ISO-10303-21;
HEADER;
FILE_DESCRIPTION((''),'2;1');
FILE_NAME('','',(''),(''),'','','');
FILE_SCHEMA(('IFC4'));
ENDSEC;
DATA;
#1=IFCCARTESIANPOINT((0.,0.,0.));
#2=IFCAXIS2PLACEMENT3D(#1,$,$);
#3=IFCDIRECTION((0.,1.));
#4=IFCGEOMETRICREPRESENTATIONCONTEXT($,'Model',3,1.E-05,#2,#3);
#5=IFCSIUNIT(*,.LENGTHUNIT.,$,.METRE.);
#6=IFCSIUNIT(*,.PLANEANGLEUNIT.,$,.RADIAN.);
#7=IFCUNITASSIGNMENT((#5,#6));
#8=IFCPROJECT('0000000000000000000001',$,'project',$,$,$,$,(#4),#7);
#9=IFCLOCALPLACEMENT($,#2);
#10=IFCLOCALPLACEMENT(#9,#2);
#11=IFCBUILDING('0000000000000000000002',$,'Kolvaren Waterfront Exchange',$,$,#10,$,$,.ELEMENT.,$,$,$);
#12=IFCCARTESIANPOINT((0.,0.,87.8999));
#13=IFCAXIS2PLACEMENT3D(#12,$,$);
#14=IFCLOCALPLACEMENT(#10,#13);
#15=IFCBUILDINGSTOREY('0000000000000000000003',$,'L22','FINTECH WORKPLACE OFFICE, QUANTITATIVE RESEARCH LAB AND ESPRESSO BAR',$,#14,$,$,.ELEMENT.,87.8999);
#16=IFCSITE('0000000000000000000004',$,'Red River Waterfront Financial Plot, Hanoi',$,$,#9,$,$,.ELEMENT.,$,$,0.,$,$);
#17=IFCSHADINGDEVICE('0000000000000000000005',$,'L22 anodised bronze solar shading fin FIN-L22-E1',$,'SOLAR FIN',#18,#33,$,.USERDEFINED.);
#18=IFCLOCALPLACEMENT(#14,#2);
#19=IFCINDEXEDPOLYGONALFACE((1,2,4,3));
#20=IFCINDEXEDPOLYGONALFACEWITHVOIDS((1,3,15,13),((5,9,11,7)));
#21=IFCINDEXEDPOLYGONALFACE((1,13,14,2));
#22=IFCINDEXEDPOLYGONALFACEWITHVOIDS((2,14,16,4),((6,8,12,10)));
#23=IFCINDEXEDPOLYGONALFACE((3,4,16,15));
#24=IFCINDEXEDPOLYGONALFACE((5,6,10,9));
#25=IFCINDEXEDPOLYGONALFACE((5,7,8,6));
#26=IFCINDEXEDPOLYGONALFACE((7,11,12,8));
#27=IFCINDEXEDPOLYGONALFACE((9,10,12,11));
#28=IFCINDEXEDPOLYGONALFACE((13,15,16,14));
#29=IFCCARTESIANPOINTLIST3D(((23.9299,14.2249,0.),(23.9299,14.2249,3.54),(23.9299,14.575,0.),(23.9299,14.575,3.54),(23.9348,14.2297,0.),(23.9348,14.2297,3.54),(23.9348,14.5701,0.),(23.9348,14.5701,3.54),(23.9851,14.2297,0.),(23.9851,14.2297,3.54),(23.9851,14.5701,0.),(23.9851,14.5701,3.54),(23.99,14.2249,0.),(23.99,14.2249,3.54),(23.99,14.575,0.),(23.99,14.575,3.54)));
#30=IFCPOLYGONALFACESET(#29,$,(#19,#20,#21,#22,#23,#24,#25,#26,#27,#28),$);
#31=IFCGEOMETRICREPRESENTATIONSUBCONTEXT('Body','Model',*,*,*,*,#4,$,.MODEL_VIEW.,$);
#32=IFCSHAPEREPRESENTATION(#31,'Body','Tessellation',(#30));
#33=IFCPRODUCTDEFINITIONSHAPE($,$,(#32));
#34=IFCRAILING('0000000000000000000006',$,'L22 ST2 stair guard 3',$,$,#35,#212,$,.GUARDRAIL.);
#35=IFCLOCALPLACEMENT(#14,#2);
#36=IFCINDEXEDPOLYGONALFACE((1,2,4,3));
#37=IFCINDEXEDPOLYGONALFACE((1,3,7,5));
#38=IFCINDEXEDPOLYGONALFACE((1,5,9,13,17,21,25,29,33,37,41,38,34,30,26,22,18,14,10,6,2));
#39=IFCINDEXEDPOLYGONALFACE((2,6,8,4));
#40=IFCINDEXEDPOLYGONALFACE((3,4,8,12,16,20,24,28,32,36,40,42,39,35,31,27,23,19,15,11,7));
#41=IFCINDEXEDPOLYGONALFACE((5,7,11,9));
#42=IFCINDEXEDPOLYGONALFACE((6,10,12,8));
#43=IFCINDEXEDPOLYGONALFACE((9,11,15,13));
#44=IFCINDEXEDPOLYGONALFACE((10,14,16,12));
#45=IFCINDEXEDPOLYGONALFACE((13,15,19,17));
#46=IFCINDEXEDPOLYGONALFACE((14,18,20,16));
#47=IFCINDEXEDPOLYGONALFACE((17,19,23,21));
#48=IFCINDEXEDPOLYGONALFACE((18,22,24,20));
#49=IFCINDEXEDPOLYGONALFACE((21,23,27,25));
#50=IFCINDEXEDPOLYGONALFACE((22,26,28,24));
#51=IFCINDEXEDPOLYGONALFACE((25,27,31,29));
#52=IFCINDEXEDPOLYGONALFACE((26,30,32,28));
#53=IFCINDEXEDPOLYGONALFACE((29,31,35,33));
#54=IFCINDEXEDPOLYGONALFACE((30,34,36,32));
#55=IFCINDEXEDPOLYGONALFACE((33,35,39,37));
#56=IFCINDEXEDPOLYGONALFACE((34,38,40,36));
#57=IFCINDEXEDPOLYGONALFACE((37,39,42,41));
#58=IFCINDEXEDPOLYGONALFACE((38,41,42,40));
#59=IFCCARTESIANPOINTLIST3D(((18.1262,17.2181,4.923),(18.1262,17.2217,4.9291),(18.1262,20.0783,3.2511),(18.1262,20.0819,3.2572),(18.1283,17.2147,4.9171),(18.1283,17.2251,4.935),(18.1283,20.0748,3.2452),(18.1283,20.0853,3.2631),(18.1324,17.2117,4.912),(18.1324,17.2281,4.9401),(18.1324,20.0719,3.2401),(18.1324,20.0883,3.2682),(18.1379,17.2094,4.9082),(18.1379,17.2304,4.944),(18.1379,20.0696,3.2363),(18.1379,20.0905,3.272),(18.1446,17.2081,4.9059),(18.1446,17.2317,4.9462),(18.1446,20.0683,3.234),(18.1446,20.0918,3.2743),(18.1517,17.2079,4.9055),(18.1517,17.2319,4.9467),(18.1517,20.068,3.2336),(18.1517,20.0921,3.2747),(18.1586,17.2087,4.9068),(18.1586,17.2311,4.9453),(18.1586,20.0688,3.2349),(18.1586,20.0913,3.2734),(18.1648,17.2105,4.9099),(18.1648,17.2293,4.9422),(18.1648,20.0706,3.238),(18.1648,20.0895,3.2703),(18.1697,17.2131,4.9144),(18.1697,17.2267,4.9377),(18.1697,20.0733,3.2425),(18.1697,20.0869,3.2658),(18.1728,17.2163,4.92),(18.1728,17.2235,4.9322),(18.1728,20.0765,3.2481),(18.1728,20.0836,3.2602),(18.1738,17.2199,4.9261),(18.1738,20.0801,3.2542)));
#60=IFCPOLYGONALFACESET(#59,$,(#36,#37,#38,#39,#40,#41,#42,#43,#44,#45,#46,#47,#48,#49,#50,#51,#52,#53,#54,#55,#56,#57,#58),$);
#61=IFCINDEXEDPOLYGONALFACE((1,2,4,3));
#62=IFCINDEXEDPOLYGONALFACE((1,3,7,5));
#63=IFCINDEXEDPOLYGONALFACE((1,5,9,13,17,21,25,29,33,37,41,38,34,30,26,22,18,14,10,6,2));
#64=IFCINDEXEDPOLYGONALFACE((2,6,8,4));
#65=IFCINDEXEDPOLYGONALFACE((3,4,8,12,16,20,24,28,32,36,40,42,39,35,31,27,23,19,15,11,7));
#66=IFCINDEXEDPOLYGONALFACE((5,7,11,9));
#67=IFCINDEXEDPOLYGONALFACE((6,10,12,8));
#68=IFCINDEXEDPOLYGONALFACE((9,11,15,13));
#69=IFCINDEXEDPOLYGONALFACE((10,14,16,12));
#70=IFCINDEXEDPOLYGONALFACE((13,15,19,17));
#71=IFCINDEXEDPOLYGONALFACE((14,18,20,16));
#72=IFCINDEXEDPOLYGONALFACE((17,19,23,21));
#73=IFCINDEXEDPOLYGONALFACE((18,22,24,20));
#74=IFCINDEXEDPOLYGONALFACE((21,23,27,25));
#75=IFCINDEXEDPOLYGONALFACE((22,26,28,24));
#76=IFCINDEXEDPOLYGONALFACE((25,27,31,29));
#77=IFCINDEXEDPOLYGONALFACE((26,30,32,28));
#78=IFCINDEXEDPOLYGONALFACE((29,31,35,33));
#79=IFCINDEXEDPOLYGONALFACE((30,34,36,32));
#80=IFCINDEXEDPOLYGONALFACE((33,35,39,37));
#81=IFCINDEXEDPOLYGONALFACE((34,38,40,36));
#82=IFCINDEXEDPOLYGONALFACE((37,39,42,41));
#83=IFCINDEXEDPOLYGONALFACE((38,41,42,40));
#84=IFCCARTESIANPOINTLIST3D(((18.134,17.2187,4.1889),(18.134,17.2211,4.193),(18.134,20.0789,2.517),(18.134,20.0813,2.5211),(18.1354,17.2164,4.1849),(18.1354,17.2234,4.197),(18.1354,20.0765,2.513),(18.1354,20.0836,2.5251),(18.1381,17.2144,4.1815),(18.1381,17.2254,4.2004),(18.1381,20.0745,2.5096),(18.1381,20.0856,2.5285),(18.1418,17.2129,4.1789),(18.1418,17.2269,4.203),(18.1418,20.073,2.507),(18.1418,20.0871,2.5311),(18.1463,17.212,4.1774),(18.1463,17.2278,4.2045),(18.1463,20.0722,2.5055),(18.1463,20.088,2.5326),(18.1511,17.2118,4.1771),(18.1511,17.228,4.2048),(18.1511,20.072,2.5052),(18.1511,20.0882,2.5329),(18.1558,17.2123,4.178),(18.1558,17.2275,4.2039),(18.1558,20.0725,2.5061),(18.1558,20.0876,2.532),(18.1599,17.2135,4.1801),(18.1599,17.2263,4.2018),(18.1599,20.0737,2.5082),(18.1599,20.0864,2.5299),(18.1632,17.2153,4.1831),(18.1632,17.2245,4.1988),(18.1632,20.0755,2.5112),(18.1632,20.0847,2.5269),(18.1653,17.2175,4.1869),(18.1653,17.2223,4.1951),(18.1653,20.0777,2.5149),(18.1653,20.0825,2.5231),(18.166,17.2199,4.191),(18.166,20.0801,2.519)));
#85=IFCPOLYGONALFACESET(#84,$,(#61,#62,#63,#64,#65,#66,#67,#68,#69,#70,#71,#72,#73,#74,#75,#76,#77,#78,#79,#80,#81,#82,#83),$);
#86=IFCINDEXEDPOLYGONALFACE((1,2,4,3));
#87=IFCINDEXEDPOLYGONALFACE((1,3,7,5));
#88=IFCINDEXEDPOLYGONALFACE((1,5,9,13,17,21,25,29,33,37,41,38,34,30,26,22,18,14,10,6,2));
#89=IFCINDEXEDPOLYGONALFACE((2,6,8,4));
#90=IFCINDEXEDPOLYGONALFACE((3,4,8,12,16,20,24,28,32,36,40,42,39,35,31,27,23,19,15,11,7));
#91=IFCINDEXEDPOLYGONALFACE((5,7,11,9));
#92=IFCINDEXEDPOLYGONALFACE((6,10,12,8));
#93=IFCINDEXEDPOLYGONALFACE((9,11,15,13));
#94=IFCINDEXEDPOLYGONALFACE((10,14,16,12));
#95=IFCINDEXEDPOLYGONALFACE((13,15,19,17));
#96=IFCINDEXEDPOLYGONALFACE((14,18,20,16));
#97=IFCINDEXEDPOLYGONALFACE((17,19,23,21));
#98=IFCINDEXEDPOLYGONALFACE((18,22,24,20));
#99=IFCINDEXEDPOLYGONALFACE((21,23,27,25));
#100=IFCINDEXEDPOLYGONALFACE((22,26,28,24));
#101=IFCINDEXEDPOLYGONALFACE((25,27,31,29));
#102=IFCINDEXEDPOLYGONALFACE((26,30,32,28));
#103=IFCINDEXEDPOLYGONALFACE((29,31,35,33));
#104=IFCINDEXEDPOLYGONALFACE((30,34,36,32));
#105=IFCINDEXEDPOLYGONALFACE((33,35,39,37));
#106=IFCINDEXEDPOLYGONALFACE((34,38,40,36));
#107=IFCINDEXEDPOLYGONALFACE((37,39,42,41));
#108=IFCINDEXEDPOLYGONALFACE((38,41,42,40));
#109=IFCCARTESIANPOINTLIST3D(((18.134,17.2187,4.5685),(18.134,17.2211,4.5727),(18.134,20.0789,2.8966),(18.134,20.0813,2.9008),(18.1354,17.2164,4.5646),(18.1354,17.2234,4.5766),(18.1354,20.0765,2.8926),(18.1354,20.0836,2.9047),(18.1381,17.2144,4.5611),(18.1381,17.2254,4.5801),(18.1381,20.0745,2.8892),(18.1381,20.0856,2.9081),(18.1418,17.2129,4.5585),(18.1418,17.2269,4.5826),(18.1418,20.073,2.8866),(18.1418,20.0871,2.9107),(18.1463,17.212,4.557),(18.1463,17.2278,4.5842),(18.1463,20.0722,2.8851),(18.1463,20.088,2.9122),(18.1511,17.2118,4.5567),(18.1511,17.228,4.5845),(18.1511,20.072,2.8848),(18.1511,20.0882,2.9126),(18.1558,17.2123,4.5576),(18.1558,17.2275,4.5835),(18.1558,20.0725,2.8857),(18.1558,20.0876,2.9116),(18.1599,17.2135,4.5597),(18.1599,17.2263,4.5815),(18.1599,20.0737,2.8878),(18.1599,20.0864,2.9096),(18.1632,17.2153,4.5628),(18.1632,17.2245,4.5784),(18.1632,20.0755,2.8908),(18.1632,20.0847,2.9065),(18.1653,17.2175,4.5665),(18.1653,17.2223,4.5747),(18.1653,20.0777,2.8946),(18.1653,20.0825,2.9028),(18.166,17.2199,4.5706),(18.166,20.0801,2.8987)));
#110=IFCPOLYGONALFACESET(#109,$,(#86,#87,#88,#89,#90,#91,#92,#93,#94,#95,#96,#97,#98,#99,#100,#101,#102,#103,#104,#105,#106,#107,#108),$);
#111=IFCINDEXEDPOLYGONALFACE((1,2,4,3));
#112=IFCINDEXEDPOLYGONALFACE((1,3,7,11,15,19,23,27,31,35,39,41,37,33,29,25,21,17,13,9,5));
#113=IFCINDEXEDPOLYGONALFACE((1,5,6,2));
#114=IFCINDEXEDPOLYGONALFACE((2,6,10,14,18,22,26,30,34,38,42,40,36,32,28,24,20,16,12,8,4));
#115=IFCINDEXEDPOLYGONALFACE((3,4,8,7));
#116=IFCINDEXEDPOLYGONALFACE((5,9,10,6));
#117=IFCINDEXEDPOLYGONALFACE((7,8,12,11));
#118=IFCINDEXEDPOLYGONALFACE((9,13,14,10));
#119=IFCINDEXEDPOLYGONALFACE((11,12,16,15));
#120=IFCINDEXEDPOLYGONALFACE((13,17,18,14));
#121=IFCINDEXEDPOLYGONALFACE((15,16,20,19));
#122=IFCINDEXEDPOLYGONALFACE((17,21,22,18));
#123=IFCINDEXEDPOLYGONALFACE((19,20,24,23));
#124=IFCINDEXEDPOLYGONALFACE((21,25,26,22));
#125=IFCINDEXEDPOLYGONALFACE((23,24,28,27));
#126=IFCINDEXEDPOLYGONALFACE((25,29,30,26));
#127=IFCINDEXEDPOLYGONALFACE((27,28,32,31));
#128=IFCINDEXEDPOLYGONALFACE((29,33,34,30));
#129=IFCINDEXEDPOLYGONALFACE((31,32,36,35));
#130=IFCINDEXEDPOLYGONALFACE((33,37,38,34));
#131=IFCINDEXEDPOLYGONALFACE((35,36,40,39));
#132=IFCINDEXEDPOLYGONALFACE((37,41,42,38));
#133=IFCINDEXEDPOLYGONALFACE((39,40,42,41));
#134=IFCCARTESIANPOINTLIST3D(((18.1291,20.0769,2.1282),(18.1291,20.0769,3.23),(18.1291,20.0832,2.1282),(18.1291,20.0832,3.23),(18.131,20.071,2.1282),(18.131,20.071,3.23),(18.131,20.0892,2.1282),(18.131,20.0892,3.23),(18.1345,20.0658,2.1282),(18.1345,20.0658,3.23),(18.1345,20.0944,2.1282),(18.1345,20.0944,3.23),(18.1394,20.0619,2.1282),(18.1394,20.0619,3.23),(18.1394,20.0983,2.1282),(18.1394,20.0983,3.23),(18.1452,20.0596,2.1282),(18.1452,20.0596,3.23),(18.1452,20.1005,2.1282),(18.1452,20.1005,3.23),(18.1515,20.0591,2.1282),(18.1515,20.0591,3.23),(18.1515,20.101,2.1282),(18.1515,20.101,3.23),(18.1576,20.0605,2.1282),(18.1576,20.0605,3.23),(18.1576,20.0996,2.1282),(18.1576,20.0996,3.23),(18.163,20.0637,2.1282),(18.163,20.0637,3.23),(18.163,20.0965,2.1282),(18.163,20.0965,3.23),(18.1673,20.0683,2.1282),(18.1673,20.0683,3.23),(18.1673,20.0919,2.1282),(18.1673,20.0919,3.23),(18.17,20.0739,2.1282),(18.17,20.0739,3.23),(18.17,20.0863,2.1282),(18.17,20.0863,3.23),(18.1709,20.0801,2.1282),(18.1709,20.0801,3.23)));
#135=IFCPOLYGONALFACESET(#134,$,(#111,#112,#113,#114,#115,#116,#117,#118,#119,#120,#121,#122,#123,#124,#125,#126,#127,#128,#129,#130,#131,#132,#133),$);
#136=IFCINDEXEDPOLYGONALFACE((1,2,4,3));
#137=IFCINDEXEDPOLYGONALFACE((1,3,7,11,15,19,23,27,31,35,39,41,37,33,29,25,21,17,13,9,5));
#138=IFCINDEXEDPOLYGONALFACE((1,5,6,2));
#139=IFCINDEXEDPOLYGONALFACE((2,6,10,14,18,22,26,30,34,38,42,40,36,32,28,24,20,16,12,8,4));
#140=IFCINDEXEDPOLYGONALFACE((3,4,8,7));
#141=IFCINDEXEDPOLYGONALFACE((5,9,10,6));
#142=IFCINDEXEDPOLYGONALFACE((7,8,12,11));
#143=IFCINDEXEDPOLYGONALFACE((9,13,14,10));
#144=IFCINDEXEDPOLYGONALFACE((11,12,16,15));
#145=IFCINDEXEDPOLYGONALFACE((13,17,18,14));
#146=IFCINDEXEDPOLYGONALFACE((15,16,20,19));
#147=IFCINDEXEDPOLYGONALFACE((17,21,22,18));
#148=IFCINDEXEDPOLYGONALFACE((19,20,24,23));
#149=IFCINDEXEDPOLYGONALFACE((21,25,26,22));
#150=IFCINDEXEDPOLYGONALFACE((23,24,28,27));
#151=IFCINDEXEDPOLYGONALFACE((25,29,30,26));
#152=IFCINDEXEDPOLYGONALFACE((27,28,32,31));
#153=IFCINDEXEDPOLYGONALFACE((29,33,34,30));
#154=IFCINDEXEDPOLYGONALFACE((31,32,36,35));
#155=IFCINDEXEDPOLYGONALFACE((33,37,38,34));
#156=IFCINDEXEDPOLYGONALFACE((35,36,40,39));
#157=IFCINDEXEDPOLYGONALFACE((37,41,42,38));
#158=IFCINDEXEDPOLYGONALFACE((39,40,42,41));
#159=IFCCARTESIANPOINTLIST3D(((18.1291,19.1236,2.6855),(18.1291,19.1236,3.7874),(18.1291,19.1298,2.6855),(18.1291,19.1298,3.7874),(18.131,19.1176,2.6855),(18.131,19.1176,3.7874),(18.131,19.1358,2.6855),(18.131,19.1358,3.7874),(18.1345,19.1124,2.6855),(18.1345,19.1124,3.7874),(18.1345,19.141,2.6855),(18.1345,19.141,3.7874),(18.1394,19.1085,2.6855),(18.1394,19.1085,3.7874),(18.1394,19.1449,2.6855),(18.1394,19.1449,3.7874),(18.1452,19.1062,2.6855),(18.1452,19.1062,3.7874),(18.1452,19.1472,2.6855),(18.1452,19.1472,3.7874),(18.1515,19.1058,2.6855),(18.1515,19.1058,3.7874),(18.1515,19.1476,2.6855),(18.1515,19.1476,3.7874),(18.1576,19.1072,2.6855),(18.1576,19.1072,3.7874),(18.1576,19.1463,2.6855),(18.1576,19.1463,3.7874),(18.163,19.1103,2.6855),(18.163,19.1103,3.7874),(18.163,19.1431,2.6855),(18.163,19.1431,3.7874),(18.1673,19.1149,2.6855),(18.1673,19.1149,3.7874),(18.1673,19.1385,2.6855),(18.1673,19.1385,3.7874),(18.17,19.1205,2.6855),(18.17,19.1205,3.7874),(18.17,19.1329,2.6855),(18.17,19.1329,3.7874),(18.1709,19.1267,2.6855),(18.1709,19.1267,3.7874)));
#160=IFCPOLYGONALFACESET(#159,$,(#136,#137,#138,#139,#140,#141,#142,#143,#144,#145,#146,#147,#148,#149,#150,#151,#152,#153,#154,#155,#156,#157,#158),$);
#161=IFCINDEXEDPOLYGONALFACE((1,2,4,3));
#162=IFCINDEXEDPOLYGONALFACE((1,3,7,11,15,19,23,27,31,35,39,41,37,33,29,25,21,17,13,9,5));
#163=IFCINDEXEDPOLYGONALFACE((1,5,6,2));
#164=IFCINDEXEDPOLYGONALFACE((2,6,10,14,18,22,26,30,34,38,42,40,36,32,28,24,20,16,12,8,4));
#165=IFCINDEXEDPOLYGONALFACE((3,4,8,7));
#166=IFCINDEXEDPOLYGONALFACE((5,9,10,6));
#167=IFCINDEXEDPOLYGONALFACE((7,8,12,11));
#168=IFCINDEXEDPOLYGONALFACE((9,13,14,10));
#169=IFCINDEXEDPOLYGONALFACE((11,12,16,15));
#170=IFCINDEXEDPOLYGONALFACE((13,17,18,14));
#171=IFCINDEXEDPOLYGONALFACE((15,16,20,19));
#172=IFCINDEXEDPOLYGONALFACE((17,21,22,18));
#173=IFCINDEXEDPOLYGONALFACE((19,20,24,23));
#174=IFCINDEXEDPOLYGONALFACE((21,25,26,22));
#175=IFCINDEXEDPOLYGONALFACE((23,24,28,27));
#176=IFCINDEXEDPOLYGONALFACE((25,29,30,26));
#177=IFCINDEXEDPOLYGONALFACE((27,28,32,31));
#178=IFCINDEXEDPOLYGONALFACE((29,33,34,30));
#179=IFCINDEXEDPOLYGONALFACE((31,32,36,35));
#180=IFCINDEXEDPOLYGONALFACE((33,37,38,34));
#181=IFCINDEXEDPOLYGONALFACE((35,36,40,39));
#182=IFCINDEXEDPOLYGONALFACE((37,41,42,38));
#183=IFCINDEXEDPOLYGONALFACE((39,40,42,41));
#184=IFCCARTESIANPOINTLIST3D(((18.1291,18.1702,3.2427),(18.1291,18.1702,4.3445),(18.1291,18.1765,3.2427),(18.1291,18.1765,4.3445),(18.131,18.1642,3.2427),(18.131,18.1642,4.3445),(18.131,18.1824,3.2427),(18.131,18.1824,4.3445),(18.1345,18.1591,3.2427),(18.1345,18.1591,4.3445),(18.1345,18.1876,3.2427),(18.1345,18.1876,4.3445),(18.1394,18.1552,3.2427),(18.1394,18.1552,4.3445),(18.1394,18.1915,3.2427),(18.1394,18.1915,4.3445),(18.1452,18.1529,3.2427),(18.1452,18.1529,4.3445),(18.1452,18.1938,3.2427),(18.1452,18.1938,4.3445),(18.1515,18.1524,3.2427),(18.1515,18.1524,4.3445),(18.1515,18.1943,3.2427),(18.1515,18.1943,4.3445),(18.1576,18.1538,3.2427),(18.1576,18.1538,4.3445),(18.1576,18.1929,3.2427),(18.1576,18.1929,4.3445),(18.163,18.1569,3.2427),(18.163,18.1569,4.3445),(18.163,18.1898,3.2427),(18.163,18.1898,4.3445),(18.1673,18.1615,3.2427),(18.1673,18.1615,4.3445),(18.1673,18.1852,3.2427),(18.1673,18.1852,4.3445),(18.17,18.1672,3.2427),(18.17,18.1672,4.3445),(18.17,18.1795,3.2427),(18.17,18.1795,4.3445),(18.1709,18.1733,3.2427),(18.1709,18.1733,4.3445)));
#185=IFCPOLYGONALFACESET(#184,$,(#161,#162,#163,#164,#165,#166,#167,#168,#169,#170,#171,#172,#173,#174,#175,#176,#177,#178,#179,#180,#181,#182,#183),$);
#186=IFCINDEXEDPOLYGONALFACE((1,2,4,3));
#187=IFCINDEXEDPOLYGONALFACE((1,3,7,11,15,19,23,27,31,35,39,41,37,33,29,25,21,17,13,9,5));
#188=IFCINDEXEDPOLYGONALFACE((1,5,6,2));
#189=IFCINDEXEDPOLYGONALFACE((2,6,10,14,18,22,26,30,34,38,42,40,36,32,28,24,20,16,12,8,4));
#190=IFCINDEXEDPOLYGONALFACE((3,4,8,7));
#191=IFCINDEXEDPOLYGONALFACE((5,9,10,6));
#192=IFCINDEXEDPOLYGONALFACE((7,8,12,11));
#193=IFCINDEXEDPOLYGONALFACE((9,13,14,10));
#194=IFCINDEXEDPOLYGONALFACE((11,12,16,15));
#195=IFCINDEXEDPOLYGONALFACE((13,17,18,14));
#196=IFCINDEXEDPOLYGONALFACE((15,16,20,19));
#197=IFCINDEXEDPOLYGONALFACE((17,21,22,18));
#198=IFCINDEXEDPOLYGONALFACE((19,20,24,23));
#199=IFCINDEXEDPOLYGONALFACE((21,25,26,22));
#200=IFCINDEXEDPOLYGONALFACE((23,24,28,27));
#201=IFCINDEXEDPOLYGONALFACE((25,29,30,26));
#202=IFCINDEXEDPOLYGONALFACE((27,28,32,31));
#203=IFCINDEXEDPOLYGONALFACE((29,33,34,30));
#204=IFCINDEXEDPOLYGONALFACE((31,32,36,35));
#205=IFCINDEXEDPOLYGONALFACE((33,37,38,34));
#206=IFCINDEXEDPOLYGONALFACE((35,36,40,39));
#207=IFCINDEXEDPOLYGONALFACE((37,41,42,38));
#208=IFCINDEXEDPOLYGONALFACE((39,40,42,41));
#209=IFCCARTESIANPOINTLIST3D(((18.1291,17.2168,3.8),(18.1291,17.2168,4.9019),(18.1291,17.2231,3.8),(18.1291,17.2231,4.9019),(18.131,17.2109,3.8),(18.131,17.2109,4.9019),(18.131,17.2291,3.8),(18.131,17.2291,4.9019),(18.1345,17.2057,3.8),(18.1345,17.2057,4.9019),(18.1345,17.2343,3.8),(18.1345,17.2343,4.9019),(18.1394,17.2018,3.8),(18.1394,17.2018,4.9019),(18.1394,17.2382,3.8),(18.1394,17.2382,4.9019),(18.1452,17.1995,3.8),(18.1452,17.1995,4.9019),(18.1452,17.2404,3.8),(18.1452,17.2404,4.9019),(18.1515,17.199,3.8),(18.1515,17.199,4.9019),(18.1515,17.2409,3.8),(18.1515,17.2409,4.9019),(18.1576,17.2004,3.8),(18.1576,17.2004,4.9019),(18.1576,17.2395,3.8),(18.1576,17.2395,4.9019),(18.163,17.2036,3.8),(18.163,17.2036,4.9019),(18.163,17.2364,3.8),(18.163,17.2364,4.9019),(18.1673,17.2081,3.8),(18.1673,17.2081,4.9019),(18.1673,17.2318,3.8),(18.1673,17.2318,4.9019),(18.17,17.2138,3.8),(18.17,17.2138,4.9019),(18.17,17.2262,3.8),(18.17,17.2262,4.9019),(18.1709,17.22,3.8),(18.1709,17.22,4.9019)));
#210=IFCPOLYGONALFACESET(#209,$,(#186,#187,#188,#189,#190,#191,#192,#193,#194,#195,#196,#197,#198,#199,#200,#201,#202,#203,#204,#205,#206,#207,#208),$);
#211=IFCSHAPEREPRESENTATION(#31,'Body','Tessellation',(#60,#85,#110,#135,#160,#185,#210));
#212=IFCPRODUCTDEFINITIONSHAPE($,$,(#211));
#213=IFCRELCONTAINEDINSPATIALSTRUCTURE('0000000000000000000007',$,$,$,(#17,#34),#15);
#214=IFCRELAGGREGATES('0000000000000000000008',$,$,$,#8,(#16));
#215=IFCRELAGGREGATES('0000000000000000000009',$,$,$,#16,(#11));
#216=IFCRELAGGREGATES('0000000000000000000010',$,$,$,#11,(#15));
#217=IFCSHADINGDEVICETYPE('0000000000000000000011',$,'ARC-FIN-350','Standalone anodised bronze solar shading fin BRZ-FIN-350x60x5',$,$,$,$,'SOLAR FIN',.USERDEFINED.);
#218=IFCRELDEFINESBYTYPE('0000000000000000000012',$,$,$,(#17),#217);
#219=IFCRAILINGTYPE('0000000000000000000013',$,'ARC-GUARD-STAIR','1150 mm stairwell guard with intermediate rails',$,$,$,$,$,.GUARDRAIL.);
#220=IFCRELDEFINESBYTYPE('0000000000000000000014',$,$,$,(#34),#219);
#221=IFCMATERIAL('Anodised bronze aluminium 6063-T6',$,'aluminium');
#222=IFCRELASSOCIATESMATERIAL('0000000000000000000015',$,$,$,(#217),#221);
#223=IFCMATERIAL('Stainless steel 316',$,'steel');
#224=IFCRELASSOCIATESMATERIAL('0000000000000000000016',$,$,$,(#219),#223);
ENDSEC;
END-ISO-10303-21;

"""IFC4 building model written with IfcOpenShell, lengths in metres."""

from ifc_helpers import new_model, si_unit, direction, frame, origin, origin_2d, place, context, subcontext, project, spatial, hollow_rectangle, circle, extrude, material, material_profile, profile_set, type_object, element, save


model = new_model("IFC4")

# Units and contexts
model_context = context("Model", 3, precision=1e-05, world=origin(), true_north=direction((0.0, 1.0)))
body_context = subcontext(model_context, "Body", "Model", "MODEL_VIEW")
ifc_project = project(units=[si_unit("LENGTHUNIT", "METRE"), si_unit("PLANEANGLEUNIT", "RADIAN")], contexts=[model_context])

# Site, building, storey
site_placement = place(None, origin())
site = spatial("IfcSite", under=ifc_project, at=site_placement, Name="Red River Waterfront Financial Plot, Hanoi", CompositionType="ELEMENT", RefElevation=0.0)
building_placement = place(site_placement, origin())
building = spatial("IfcBuilding", under=site, at=building_placement, Name="Kolvaren Waterfront Exchange", CompositionType="ELEMENT")
storey_placement = place(building_placement, frame((0.0, 0.0, 87.8999)))
storey = spatial("IfcBuildingStorey", under=building, at=storey_placement, Name="L22", Description="FINTECH WORKPLACE OFFICE, QUANTITATIVE RESEARCH LAB AND ESPRESSO BAR", CompositionType="ELEMENT", Elevation=87.8999)

# Shared definitions
ifc_material_1 = material(Name="Anodised bronze aluminium 6063-T6", Category="aluminium")

# Shading device
ifc_material_profile_1 = material_profile(ifc_material_1, hollow_rectangle(XDim=0.0601, YDim=0.3501, WallThickness=0.0049, at=origin_2d()), Name="BRZ-FIN-350x60x5")
ifc_profile_set_1 = profile_set([ifc_material_profile_1], Name="Anodised bronze aluminium 6063-T6")
shading_device_type = type_object("IfcShadingDeviceType", Name="ARC-FIN-350", Description="Standalone anodised bronze solar shading fin BRZ-FIN-350x60x5", ElementType="SOLAR FIN", PredefinedType="USERDEFINED", material=ifc_profile_set_1)
shading_device_placement = place(storey_placement, frame((23.96, 14.3999, 0.0), z_axis=(0.0, 0.0, 1.0), x_axis=(1.0, 0.0, 0.0)))
element("IfcShadingDevice", 1, at=shading_device_placement, inside=storey, type_object=shading_device_type, Name="L22 anodised bronze solar shading fin FIN-L22-E1", ObjectType="SOLAR FIN", PredefinedType="USERDEFINED", context=body_context, shape_type="SweptSolid", body=[
    extrude(hollow_rectangle(XDim=0.0601, YDim=0.3501, WallThickness=0.0049, at=origin_2d()), origin(), (0.0, 0.0, 1.0), 3.54),
])

# Railing
ifc_material_2 = material(Name="Stainless steel 316", Category="steel")
railing_type_1 = type_object("IfcRailingType", Name="ARC-GUARD-STAIR", Description="1150 mm stairwell guard with intermediate rails", PredefinedType="GUARDRAIL", material=ifc_material_2)
railing_1_placement = place(storey_placement, frame((18.1499, 20.0801, 2.1282)))
element("IfcRailing", 2, at=railing_1_placement, inside=storey, type_object=railing_type_1, Name="L22 ST2 stair guard 3", PredefinedType="GUARDRAIL", context=body_context, shape_type="SweptSolid", body=[
    extrude(circle(Radius=0.0239, at=origin_2d()), frame((0.0, 0.0, 1.126), z_axis=(0.0, -0.863321, 0.504654), x_axis=(1.0, 0.0, 0.0)), (0.0, 0.0, 1.0), 3.313),
    extrude(circle(Radius=0.0161, at=origin_2d()), frame((0.0, 0.0, 0.3909), z_axis=(0.0, -0.863321, 0.504654), x_axis=(1.0, 0.0, 0.0)), (0.0, 0.0, 1.0), 3.313),
    extrude(circle(Radius=0.0161, at=origin_2d()), frame((0.0, 0.0, 0.7705), z_axis=(0.0, -0.863321, 0.504654), x_axis=(1.0, 0.0, 0.0)), (0.0, 0.0, 1.0), 3.313),
    extrude(circle(Radius=0.021, at=origin_2d()), origin(), (0.0, 0.0, 1.0), 1.1018),
    extrude(circle(Radius=0.021, at=origin_2d()), frame((0.0, -0.9534, 0.5574)), (0.0, 0.0, 1.0), 1.1018),
    extrude(circle(Radius=0.021, at=origin_2d()), frame((0.0, -1.9067, 1.1145)), (0.0, 0.0, 1.0), 1.1018),
    extrude(circle(Radius=0.021, at=origin_2d()), frame((0.0, -2.8601, 1.6719)), (0.0, 0.0, 1.0), 1.1018),
])

save(model, "model.ifc")
